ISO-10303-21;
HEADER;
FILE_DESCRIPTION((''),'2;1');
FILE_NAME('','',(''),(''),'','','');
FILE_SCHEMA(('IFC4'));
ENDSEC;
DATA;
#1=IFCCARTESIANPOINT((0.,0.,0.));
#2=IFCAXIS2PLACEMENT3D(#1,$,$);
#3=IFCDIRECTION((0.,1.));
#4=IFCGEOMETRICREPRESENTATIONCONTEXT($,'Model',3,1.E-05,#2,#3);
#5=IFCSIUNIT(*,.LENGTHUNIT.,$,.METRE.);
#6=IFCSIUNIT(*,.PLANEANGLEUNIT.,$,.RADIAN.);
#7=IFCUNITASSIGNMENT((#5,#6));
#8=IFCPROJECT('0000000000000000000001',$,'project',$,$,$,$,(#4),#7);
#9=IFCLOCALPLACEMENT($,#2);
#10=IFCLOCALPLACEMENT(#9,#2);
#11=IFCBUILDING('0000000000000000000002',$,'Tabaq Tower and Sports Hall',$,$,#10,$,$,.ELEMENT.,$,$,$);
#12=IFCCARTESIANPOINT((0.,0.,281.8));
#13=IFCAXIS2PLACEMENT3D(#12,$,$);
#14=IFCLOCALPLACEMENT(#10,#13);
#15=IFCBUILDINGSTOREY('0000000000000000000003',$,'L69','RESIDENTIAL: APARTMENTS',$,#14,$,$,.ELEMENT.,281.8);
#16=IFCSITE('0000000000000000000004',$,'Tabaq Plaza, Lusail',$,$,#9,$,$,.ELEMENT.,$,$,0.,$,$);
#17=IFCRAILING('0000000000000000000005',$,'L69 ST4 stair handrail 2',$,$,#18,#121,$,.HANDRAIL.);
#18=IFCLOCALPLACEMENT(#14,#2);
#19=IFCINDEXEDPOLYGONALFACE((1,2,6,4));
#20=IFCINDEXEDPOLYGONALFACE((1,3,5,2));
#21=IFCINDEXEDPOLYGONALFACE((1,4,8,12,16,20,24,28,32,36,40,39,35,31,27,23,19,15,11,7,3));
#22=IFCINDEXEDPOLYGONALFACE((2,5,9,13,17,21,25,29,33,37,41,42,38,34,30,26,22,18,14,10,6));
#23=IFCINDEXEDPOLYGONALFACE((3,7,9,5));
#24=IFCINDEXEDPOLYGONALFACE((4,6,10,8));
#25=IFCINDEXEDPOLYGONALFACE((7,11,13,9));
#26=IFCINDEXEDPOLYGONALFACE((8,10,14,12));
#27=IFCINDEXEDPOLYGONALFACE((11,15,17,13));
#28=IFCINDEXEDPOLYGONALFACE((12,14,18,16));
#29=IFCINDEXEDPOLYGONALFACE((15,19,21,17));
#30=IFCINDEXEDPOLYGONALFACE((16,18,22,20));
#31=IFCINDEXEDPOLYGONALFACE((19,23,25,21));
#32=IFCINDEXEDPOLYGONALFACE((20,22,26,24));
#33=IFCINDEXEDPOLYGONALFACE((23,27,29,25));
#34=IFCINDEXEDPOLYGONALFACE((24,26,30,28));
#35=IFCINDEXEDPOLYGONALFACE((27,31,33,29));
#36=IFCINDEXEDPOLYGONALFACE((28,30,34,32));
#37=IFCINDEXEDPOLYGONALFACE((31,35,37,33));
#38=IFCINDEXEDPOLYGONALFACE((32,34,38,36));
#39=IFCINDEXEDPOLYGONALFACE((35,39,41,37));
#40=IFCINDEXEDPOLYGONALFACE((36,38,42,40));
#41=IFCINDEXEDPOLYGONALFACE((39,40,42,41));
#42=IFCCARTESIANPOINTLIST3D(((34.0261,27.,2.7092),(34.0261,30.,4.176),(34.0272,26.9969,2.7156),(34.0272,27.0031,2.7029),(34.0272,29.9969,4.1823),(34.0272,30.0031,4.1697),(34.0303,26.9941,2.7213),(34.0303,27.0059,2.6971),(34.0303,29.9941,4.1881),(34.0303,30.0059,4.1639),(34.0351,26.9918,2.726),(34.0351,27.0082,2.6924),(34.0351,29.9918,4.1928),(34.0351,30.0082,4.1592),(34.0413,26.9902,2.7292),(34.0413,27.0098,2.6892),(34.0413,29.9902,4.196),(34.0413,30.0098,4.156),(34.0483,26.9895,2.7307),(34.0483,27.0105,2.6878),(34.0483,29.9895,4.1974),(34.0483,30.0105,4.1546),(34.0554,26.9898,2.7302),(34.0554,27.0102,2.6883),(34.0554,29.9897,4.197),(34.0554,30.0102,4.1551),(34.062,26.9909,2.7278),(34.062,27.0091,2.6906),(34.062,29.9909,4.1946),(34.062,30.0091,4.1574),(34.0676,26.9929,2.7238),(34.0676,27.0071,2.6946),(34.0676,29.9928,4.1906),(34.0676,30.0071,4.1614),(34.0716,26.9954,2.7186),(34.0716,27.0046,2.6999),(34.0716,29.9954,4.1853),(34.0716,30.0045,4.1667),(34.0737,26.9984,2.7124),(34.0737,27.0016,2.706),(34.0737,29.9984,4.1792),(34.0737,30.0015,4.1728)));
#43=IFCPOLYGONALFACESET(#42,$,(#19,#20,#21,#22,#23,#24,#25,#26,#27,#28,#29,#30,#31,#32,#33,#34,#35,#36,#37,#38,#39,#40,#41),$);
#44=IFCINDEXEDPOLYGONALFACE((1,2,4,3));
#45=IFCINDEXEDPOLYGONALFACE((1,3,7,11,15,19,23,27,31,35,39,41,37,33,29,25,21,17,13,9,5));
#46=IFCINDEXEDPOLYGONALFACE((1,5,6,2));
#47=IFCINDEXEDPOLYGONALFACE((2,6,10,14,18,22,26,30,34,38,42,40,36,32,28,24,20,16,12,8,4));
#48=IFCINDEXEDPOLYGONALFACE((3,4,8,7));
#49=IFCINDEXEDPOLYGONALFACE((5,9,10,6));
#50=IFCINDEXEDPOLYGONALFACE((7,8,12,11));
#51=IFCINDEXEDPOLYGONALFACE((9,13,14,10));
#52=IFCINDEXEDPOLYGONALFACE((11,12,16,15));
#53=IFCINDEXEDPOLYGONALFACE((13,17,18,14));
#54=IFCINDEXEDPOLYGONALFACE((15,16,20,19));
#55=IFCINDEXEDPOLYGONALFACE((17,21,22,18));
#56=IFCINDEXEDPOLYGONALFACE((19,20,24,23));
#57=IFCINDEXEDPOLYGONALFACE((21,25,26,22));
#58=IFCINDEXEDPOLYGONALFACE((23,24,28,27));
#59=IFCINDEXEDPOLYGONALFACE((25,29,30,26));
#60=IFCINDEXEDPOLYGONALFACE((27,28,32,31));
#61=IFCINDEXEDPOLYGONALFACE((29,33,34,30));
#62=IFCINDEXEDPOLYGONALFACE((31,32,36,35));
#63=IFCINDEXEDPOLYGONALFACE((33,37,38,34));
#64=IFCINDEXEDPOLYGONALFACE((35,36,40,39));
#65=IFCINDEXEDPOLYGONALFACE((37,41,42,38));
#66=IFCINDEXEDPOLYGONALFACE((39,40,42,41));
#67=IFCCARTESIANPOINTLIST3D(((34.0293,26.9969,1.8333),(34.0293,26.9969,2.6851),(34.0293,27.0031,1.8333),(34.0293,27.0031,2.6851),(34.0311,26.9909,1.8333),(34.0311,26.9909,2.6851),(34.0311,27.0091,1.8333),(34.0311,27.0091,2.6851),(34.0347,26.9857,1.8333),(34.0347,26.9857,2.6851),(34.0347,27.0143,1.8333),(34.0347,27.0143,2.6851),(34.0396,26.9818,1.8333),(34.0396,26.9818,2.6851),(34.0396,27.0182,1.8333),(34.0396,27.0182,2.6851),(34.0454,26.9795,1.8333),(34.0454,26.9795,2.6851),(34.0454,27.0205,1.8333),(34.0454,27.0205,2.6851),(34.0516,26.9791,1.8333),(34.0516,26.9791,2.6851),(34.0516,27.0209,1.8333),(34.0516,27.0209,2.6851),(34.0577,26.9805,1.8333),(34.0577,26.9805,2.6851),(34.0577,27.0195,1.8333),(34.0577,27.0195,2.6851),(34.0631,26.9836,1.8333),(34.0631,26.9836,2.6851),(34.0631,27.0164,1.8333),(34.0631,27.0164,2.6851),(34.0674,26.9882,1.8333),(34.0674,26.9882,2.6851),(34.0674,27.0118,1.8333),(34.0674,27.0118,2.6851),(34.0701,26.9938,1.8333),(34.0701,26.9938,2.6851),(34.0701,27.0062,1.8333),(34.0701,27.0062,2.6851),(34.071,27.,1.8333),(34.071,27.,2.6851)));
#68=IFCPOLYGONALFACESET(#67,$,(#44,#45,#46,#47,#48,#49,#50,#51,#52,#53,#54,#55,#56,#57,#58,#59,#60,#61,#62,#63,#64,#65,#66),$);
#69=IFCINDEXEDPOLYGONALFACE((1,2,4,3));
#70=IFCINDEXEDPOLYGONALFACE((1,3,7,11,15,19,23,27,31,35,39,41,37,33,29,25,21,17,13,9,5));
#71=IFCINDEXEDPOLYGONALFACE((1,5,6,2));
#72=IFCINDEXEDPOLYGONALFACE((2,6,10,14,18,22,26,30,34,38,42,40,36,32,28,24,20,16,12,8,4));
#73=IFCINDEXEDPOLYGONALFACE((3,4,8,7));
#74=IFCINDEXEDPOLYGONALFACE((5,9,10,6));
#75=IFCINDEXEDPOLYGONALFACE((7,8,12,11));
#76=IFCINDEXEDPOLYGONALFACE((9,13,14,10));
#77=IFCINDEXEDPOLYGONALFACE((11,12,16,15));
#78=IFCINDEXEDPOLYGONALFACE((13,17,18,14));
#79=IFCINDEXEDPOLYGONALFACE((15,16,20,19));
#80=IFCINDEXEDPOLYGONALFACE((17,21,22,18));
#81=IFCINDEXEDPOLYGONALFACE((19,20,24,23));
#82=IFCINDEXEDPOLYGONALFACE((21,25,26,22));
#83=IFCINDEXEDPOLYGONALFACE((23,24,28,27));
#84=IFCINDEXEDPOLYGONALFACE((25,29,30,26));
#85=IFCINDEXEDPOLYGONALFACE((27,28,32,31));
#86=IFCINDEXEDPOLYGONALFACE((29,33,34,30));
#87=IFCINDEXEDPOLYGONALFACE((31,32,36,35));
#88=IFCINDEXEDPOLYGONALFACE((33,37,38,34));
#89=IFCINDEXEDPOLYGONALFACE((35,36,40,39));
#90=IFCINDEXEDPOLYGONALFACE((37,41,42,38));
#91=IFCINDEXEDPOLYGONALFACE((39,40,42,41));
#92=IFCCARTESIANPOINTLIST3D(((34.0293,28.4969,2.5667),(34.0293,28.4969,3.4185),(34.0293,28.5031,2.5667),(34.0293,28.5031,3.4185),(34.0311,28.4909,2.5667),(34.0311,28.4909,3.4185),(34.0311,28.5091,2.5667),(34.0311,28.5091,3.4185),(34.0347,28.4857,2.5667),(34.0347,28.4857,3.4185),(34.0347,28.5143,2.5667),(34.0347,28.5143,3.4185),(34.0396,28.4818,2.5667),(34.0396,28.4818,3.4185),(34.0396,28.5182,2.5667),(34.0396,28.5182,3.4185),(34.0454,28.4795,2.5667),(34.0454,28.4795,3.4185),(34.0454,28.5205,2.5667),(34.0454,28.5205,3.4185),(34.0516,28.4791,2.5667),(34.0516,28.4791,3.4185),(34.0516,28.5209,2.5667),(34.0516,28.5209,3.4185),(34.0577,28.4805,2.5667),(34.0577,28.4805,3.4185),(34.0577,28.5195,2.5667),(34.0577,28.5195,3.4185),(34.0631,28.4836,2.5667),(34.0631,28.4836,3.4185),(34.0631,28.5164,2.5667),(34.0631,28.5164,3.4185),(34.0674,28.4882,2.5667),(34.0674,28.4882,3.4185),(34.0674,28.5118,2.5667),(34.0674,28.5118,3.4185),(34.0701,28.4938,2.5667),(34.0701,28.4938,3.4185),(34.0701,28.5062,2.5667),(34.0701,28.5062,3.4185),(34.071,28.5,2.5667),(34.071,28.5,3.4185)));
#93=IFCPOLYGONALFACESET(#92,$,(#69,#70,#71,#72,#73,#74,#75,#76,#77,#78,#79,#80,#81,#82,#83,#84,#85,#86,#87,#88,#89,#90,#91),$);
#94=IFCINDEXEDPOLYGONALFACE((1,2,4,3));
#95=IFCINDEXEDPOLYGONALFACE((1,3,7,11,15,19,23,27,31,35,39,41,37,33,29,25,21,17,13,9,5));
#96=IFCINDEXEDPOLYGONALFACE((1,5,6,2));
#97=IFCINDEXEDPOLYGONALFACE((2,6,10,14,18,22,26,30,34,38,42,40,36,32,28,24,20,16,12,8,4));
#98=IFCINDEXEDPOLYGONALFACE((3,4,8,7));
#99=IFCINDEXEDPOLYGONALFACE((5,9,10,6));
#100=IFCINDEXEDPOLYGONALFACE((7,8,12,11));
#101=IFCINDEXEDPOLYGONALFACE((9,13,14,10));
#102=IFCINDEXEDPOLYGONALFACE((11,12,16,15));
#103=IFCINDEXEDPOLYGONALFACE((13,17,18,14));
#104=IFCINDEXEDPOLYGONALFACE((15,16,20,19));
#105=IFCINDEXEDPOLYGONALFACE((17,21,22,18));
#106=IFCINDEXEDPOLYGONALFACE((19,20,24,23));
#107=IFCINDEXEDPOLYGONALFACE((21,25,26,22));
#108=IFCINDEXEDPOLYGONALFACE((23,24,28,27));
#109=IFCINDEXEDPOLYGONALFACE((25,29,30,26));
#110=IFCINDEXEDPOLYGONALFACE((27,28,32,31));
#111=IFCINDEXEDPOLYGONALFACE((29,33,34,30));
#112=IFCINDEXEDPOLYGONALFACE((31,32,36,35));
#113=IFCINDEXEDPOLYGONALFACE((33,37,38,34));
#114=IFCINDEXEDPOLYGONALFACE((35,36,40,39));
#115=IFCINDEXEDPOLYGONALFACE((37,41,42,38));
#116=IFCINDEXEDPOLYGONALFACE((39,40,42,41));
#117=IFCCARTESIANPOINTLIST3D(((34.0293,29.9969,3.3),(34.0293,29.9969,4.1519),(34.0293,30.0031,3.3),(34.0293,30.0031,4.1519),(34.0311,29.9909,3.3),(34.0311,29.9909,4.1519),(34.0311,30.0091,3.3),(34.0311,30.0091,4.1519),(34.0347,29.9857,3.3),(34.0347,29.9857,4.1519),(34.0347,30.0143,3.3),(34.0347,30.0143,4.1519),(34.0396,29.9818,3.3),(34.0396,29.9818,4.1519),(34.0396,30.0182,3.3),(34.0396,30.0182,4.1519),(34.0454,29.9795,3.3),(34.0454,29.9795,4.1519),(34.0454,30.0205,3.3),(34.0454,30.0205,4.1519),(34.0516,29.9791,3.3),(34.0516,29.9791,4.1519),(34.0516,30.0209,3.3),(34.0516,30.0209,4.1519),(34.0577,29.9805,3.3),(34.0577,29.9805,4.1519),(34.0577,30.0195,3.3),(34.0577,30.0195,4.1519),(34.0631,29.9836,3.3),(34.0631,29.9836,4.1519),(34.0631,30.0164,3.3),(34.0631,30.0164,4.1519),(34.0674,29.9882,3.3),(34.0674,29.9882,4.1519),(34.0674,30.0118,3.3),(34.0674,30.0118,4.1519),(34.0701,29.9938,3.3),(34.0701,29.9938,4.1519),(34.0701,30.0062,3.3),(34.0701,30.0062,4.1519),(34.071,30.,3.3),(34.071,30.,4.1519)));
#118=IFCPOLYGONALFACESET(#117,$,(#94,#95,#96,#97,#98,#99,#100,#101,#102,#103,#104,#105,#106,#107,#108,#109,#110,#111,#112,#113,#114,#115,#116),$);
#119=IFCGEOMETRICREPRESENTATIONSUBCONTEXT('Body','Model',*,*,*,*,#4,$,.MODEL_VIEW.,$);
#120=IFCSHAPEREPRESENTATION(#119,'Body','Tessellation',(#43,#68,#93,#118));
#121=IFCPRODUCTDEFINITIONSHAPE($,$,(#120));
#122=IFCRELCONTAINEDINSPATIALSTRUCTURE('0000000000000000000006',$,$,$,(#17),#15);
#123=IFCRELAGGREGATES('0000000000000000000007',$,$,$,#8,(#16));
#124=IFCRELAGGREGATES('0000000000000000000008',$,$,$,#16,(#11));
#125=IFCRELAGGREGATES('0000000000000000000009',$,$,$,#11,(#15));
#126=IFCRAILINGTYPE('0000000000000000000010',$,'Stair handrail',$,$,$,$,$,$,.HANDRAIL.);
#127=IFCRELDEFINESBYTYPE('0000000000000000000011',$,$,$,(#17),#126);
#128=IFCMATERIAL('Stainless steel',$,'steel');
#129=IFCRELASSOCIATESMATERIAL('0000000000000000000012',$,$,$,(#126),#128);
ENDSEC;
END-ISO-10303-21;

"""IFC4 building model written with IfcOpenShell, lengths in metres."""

from ifc_helpers import new_model, si_unit, direction, frame, origin, origin_2d, place, context, subcontext, project, spatial, circle, extrude, material, type_object, element, save


model = new_model("IFC4")

# Units and contexts
model_context = context("Model", 3, precision=1e-05, world=origin(), true_north=direction((0.0, 1.0)))
body_context = subcontext(model_context, "Body", "Model", "MODEL_VIEW")
ifc_project = project(units=[si_unit("LENGTHUNIT", "METRE"), si_unit("PLANEANGLEUNIT", "RADIAN")], contexts=[model_context])

# Site, building, storey
site_placement = place(None, origin())
site = spatial("IfcSite", under=ifc_project, at=site_placement, Name="Tabaq Plaza, Lusail", CompositionType="ELEMENT", RefElevation=0.0)
building_placement = place(site_placement, origin())
building = spatial("IfcBuilding", under=site, at=building_placement, Name="Tabaq Tower and Sports Hall", CompositionType="ELEMENT")
storey_placement = place(building_placement, frame((0.0, 0.0, 281.8)))
storey = spatial("IfcBuildingStorey", under=building, at=storey_placement, Name="L69", Description="RESIDENTIAL: APARTMENTS", CompositionType="ELEMENT", Elevation=281.8)

# Railing
ifc_material_1 = material(Name="Stainless steel", Category="steel")
railing_type_1 = type_object("IfcRailingType", Name="Stair handrail", PredefinedType="HANDRAIL", material=ifc_material_1)
railing_1_placement = place(storey_placement, frame((34.05, 27.0, 1.8333)))
element("IfcRailing", 1, at=railing_1_placement, inside=storey, type_object=railing_type_1, Name="L69 ST4 stair handrail 2", PredefinedType="HANDRAIL", context=body_context, shape_type="SweptSolid", body=[
    extrude(circle(Radius=0.0239, at=origin_2d()), frame((0.0, 0.0, 0.876), z_axis=(0.0, 0.898369, 0.439242), x_axis=(-1.0, 0.0, 0.0)), (0.0, 0.0, 1.0), 3.3394),
    extrude(circle(Radius=0.021, at=origin_2d()), origin(), (0.0, 0.0, 1.0), 0.8518),
    extrude(circle(Radius=0.021, at=origin_2d()), frame((0.0, 1.5, 0.7334)), (0.0, 0.0, 1.0), 0.8518),
    extrude(circle(Radius=0.021, at=origin_2d()), frame((0.0, 3.0, 1.4668)), (0.0, 0.0, 1.0), 0.8518),
])

save(model, "model.ifc")
